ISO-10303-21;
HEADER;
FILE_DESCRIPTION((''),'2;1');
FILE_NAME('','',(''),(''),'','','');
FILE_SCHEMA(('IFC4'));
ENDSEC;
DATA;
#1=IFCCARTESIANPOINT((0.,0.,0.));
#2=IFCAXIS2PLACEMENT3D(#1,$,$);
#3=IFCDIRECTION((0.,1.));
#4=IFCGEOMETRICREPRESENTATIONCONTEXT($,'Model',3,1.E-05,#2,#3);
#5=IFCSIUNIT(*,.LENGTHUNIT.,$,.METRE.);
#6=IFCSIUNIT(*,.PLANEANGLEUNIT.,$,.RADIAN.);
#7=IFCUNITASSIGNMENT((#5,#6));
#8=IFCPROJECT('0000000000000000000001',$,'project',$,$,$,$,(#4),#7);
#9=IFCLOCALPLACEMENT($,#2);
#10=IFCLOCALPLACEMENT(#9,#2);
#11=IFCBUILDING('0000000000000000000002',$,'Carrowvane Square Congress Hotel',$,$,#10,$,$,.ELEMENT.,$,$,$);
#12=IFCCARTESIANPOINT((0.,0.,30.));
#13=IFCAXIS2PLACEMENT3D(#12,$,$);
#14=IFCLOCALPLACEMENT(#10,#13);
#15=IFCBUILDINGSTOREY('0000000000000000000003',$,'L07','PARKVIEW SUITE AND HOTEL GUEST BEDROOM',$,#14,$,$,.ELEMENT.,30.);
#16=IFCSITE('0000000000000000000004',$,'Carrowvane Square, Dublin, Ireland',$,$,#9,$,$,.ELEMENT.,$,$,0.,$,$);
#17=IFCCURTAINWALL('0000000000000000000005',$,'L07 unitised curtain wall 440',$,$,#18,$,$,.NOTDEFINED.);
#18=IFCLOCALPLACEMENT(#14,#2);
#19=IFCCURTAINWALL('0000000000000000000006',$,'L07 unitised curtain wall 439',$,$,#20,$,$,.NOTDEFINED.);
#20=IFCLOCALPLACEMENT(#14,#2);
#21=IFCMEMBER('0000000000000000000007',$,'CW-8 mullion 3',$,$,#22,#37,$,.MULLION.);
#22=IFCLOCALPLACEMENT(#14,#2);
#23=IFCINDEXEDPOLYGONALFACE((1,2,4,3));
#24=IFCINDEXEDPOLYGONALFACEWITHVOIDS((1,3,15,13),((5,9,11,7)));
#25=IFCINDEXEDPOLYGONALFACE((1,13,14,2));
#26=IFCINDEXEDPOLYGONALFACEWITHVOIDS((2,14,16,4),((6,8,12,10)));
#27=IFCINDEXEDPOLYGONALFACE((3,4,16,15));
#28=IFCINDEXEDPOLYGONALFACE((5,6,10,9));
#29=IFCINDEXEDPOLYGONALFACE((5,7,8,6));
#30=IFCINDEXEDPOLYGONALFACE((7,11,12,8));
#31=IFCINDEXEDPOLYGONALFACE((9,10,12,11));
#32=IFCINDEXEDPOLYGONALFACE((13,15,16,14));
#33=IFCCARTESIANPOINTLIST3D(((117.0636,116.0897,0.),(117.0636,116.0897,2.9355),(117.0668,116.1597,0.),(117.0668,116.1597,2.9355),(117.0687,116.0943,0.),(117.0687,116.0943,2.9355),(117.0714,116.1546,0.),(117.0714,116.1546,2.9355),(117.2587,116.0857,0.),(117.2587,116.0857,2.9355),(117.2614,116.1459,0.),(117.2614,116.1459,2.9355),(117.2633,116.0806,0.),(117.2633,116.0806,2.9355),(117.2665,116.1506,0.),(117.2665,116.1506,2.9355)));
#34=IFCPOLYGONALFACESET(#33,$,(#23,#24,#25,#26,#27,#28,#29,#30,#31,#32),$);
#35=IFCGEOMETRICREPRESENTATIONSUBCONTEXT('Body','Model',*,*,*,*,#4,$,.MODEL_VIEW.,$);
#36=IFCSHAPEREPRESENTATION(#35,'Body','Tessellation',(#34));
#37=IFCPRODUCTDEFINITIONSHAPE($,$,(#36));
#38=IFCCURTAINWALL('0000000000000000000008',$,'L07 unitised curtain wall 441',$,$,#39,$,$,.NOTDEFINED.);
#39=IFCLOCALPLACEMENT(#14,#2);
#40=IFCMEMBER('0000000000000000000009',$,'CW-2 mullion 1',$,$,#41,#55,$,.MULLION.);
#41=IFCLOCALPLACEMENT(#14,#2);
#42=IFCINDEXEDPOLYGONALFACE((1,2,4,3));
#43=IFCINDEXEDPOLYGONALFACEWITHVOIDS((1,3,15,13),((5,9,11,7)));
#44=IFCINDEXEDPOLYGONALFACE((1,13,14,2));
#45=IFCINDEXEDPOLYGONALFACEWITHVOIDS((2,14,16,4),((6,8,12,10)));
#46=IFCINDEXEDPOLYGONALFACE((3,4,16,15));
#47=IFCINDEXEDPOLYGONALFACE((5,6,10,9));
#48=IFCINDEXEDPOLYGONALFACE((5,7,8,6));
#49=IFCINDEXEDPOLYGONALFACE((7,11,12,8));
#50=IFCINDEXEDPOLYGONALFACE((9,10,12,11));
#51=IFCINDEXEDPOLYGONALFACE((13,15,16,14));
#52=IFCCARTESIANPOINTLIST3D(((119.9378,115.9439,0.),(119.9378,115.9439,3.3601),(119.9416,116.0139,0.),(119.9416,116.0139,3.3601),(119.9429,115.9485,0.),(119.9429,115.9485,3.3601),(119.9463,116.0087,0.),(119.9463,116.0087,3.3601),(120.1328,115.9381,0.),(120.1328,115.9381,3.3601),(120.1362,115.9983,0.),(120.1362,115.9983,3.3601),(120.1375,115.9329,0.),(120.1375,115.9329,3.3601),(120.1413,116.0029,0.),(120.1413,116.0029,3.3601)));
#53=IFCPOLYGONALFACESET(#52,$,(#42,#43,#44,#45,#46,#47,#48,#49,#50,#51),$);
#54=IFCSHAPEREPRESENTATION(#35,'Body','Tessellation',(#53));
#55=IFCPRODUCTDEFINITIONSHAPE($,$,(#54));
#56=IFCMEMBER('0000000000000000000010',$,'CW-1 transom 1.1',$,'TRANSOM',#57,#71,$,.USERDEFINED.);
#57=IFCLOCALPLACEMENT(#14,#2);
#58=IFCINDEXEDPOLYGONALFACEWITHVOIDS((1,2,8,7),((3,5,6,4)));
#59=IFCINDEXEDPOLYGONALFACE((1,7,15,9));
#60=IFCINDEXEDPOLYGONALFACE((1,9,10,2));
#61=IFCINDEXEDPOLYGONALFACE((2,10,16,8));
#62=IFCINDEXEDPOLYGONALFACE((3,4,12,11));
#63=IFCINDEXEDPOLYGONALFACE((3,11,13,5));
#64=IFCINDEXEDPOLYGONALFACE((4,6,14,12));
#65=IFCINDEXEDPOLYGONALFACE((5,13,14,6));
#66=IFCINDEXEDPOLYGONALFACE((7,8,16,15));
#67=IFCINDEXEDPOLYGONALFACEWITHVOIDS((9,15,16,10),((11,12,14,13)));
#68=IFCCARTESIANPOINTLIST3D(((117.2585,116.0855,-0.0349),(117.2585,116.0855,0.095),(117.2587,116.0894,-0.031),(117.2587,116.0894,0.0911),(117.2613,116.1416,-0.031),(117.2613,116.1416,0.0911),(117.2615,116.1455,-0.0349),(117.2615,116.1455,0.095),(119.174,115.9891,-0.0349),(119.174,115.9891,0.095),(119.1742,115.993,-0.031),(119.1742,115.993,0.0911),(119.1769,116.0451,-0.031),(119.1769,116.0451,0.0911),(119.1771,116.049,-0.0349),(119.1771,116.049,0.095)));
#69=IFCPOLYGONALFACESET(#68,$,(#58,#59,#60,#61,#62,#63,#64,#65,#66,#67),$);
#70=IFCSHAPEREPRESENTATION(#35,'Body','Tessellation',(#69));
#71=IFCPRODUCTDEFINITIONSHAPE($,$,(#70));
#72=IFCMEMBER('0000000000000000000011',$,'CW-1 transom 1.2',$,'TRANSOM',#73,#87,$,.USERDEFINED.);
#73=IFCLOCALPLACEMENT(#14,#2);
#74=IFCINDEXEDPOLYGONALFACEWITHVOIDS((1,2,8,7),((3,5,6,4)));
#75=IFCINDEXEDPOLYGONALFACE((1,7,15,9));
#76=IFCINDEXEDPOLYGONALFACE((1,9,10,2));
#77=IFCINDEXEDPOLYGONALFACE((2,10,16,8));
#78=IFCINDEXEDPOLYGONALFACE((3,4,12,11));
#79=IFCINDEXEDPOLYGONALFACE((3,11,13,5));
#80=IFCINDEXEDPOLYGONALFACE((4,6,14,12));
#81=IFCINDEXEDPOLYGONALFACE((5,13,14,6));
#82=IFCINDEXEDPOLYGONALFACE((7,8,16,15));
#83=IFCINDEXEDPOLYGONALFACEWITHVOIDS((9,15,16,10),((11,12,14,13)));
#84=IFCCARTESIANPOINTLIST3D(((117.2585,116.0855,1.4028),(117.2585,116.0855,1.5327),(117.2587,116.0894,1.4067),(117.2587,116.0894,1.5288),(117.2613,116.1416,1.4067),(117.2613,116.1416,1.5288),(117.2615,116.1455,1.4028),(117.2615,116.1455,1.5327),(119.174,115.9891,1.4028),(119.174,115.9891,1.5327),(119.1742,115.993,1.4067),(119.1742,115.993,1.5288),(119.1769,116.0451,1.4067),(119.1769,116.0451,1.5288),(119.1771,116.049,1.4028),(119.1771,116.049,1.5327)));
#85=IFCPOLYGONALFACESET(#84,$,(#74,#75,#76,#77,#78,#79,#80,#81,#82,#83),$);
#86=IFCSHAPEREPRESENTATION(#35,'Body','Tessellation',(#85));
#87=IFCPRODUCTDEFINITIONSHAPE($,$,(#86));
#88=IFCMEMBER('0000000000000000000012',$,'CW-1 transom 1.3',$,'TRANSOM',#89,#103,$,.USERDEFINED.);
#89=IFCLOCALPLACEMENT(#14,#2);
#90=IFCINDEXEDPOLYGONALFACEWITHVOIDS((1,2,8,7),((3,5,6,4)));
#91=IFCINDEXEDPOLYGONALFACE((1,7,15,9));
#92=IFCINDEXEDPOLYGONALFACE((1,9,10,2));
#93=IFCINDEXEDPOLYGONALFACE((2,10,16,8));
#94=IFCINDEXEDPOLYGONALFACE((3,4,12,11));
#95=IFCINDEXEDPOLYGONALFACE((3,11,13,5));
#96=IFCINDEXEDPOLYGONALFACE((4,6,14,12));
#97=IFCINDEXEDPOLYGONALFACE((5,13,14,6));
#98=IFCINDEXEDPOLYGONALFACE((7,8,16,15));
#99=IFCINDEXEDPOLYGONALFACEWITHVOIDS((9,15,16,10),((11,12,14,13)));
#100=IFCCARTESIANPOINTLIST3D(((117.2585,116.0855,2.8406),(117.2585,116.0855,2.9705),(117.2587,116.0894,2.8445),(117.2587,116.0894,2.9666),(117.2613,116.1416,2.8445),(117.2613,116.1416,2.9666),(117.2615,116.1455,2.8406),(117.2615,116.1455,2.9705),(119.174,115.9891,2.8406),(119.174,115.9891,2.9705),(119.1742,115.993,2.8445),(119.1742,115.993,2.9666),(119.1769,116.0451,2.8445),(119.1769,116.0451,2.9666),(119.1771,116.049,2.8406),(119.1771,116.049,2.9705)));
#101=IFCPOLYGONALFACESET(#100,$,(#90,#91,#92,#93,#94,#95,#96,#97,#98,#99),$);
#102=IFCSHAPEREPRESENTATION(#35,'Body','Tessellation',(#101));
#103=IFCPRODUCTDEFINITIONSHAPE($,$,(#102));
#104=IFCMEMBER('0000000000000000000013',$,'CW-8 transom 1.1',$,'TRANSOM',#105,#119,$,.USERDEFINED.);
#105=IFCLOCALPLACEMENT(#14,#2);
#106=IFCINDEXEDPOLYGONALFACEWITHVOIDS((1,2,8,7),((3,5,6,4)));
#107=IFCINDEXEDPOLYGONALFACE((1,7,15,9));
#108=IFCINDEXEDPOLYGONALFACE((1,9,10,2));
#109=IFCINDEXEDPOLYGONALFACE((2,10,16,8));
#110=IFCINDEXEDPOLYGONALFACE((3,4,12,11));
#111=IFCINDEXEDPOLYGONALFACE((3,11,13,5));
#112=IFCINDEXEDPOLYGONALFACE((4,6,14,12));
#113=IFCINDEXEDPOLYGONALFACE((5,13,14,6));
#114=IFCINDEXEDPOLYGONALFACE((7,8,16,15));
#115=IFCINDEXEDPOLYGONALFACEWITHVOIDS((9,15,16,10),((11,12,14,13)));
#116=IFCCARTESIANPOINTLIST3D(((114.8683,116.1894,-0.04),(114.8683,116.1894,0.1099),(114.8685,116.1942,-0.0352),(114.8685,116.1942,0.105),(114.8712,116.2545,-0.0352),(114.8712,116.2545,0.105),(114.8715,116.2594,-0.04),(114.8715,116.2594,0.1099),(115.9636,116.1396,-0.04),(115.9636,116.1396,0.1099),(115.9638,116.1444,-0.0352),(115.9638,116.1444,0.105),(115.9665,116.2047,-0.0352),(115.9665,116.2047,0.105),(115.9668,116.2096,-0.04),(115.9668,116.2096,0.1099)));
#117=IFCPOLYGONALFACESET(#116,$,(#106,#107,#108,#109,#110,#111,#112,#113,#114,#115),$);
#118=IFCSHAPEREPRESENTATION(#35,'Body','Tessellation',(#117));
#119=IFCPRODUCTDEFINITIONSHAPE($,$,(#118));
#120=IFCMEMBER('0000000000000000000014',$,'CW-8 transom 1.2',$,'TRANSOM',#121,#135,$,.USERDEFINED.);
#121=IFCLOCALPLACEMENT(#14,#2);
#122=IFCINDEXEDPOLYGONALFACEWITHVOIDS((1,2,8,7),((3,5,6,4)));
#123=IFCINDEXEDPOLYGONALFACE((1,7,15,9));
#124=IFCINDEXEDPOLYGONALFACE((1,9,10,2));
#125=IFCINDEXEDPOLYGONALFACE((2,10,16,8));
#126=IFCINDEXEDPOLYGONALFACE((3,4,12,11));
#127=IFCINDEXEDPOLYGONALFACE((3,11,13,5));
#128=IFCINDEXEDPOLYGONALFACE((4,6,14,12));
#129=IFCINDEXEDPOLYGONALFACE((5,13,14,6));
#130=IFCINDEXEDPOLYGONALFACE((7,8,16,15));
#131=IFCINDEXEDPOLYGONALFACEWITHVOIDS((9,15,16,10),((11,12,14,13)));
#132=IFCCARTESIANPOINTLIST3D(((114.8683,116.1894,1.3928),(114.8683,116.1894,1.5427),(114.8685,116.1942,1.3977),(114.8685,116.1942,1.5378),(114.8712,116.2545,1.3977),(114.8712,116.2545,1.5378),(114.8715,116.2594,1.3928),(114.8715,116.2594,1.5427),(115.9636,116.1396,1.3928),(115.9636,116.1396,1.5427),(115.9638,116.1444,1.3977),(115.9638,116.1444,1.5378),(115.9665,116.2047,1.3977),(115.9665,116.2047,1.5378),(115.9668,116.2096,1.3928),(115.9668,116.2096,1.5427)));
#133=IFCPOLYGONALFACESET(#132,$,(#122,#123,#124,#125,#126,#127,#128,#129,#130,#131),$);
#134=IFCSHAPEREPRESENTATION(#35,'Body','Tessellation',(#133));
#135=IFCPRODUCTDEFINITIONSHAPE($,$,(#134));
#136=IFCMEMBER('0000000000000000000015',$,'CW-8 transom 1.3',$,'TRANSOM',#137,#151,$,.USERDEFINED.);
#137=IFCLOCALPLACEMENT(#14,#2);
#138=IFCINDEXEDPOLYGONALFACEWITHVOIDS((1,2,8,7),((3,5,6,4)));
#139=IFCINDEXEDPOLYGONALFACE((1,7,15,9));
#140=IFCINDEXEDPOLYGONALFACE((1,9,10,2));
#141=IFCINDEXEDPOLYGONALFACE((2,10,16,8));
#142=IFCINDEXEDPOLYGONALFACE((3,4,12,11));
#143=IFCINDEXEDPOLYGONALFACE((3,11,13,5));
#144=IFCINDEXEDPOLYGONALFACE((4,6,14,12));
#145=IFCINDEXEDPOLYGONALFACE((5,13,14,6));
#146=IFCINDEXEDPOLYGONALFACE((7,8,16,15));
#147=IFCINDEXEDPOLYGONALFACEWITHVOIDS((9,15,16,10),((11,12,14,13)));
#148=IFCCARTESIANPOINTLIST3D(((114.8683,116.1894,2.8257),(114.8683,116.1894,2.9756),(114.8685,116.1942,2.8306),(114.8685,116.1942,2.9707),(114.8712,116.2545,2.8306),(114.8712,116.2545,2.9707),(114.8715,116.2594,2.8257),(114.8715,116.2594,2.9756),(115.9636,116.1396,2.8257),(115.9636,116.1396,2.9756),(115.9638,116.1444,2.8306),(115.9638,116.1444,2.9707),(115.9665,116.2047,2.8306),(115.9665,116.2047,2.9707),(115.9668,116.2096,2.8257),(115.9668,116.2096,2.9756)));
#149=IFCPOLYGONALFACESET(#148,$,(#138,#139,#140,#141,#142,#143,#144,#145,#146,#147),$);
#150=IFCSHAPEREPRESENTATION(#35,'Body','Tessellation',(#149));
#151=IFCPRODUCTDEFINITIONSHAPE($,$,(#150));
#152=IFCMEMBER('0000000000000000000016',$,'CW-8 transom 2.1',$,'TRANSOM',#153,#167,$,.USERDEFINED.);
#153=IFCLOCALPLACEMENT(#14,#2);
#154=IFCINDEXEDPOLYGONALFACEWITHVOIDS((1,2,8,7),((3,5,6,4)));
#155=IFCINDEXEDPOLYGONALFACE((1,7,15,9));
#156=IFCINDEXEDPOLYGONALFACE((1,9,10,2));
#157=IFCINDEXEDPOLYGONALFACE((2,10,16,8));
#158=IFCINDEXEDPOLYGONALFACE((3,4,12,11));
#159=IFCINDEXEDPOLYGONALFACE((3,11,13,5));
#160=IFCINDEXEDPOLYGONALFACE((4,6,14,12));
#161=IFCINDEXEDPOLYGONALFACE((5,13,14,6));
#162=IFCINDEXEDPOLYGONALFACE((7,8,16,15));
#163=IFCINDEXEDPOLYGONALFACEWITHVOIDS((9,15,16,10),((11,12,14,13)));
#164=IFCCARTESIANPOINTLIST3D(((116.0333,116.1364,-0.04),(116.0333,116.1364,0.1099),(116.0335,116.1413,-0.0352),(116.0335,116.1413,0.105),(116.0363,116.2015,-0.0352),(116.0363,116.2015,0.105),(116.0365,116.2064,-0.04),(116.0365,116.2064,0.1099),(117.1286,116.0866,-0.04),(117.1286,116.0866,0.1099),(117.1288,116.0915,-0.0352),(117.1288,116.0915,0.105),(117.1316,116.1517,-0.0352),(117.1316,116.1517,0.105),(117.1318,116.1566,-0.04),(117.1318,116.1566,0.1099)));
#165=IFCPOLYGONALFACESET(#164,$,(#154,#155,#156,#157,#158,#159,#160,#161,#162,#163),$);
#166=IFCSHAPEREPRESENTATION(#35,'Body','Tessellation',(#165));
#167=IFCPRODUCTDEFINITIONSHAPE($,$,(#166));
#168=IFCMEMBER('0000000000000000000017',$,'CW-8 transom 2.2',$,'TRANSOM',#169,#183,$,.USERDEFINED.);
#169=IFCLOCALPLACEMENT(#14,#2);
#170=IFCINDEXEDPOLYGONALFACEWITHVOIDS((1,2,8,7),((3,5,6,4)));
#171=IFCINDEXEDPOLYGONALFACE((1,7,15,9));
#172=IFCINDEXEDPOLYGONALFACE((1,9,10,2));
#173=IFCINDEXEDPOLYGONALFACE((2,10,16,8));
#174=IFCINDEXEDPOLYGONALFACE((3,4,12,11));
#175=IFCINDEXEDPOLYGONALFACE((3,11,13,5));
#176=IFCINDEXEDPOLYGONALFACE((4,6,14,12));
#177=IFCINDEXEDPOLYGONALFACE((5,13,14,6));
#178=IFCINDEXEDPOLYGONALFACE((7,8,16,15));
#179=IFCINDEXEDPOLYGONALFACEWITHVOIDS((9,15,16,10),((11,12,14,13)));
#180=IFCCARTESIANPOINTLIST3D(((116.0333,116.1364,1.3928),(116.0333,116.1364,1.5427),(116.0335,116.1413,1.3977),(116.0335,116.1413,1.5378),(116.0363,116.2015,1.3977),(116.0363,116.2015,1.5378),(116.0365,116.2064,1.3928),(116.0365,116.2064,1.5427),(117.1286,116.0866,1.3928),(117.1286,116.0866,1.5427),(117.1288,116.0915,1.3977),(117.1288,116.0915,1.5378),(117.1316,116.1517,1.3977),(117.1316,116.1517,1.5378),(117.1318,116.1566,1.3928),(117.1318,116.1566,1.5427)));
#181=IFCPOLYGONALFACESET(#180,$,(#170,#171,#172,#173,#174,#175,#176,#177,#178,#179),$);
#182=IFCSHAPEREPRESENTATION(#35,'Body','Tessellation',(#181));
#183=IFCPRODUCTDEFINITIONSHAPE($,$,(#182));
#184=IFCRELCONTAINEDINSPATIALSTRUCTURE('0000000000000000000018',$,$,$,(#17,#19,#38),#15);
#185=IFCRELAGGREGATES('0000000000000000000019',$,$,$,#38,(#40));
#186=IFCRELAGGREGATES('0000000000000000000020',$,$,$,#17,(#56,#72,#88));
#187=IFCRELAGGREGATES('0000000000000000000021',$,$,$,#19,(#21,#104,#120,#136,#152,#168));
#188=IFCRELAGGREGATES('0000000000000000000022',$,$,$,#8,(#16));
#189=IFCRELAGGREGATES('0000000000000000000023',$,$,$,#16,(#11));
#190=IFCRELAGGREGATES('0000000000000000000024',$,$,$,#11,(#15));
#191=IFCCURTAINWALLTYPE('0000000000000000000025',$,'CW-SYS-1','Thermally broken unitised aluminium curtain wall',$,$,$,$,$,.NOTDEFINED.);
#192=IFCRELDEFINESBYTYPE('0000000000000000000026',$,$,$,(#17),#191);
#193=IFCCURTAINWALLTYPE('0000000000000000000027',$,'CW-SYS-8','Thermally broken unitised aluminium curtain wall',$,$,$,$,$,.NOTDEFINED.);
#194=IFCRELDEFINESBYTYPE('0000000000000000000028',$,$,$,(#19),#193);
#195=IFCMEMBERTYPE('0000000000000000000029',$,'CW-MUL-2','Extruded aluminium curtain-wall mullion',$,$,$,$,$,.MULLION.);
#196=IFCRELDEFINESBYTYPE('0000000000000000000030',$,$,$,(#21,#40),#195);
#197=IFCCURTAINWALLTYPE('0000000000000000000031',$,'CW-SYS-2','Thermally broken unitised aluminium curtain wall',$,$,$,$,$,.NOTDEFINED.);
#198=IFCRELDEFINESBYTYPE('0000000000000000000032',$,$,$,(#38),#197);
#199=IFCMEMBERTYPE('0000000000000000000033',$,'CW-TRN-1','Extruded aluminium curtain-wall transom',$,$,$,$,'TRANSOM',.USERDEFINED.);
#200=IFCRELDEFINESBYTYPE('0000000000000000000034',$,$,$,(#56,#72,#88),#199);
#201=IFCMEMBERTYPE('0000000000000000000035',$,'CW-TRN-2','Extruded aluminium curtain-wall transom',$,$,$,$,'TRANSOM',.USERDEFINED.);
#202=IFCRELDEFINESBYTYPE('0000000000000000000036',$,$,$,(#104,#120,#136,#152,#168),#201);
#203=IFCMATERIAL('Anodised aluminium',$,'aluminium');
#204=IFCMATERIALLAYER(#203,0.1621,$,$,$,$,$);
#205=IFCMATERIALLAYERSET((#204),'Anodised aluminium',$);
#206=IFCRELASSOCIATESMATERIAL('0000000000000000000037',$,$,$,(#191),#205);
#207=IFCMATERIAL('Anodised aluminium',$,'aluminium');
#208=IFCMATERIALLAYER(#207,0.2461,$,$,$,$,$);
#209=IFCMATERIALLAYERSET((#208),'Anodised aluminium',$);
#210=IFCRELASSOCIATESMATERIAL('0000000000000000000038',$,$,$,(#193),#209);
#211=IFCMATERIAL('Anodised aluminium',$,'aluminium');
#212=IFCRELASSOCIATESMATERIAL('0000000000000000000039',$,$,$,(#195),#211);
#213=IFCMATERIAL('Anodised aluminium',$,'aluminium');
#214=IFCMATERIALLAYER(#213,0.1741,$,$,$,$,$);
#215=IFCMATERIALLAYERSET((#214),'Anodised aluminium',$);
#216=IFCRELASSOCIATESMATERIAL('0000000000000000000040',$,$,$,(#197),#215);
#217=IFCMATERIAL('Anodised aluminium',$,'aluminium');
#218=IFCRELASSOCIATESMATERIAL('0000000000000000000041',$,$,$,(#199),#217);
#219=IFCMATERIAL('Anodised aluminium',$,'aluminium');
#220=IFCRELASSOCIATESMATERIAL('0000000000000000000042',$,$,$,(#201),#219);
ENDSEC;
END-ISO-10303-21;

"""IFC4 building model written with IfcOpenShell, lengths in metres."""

from ifc_helpers import new_model, si_unit, direction, frame, origin, origin_2d, place, context, subcontext, project, spatial, hollow_rectangle, extrude, material, layer, layer_set, material_profile, profile_set, type_object, element, aggregate, save


model = new_model("IFC4")

# Units and contexts
model_context = context("Model", 3, precision=1e-05, world=origin(), true_north=direction((0.0, 1.0)))
body_context = subcontext(model_context, "Body", "Model", "MODEL_VIEW")
ifc_project = project(units=[si_unit("LENGTHUNIT", "METRE"), si_unit("PLANEANGLEUNIT", "RADIAN")], contexts=[model_context])

# Site, building, storey
site_placement = place(None, origin())
site = spatial("IfcSite", under=ifc_project, at=site_placement, Name="Carrowvane Square, Dublin, Ireland", CompositionType="ELEMENT", RefElevation=0.0)
building_placement = place(site_placement, origin())
building = spatial("IfcBuilding", under=site, at=building_placement, Name="Carrowvane Square Congress Hotel", CompositionType="ELEMENT")
storey_placement = place(building_placement, frame((0.0, 0.0, 30.0)))
storey = spatial("IfcBuildingStorey", under=building, at=storey_placement, Name="L07", Description="PARKVIEW SUITE AND HOTEL GUEST BEDROOM", CompositionType="ELEMENT", Elevation=30.0)

# Curtain walls, member
ifc_material_1 = material(Name="Anodised aluminium", Category="aluminium")
ifc_layer_1 = layer(ifc_material_1, 0.1621)
ifc_layer_set_1 = layer_set([ifc_layer_1], Name="Anodised aluminium")
curtain_wall_type_1 = type_object("IfcCurtainWallType", Name="CW-SYS-1", Description="Thermally broken unitised aluminium curtain wall", PredefinedType="NOTDEFINED", material=ifc_layer_set_1)
curtain_wall_1_placement = place(storey_placement, origin())
curtain_wall_1 = element("IfcCurtainWall", 1, at=curtain_wall_1_placement, inside=storey, type_object=curtain_wall_type_1, Name="L07 unitised curtain wall 440", PredefinedType="NOTDEFINED")
ifc_material_2 = material(Name="Anodised aluminium", Category="aluminium")
ifc_layer_2 = layer(ifc_material_2, 0.2461)
ifc_layer_set_2 = layer_set([ifc_layer_2], Name="Anodised aluminium")
curtain_wall_type_2 = type_object("IfcCurtainWallType", Name="CW-SYS-8", Description="Thermally broken unitised aluminium curtain wall", PredefinedType="NOTDEFINED", material=ifc_layer_set_2)
curtain_wall_2_placement = place(storey_placement, origin())
curtain_wall_2 = element("IfcCurtainWall", 2, at=curtain_wall_2_placement, inside=storey, type_object=curtain_wall_type_2, Name="L07 unitised curtain wall 439", PredefinedType="NOTDEFINED")
ifc_material_3 = material(Name="Anodised aluminium", Category="aluminium")
ifc_material_profile_1 = material_profile(ifc_material_3, hollow_rectangle(XDim=0.0701, YDim=0.2, WallThickness=0.0049, at=origin_2d()), Name="CW-ML 70x200x5")
ifc_profile_set_1 = profile_set([ifc_material_profile_1], Name="Anodised aluminium")
member_type_1 = type_object("IfcMemberType", Name="CW-MUL-2", Description="Extruded aluminium curtain-wall mullion", PredefinedType="MULLION", material=ifc_profile_set_1)
member_1_placement = place(storey_placement, frame((117.165, 116.1201, 0.0), z_axis=(0.0, 0.0, 1.0), x_axis=(0.045411, 0.998968, 0.0)))
member_1 = element("IfcMember", 3, at=member_1_placement, type_object=member_type_1, Name="CW-8 mullion 3", PredefinedType="MULLION", context=body_context, shape_type="SweptSolid", body=[
    extrude(hollow_rectangle(XDim=0.0701, YDim=0.2, WallThickness=0.0049, at=origin_2d()), origin(), (0.0, 0.0, 1.0), 2.9355),
])

# Curtain wall, member
ifc_material_4 = material(Name="Anodised aluminium", Category="aluminium")
ifc_layer_3 = layer(ifc_material_4, 0.1741)
ifc_layer_set_3 = layer_set([ifc_layer_3], Name="Anodised aluminium")
curtain_wall_type_3 = type_object("IfcCurtainWallType", Name="CW-SYS-2", Description="Thermally broken unitised aluminium curtain wall", PredefinedType="NOTDEFINED", material=ifc_layer_set_3)
curtain_wall_3_placement = place(storey_placement, origin())
curtain_wall_3 = element("IfcCurtainWall", 4, at=curtain_wall_3_placement, inside=storey, type_object=curtain_wall_type_3, Name="L07 unitised curtain wall 441", PredefinedType="NOTDEFINED")
member_2_placement = place(storey_placement, frame((120.0396, 115.9734, 0.0), z_axis=(0.0, 0.0, 1.0), x_axis=(0.054816, 0.998496, 0.0)))
member_2 = element("IfcMember", 5, at=member_2_placement, type_object=member_type_1, Name="CW-2 mullion 1", PredefinedType="MULLION", context=body_context, shape_type="SweptSolid", body=[
    extrude(hollow_rectangle(XDim=0.0701, YDim=0.2, WallThickness=0.0049, at=origin_2d()), origin(), (0.0, 0.0, 1.0), 3.3601),
])

# Members
ifc_material_5 = material(Name="Anodised aluminium", Category="aluminium")
ifc_material_profile_2 = material_profile(ifc_material_5, hollow_rectangle(XDim=0.0601, YDim=0.1299, WallThickness=0.0039, at=origin_2d()), Name="CW-TR 60x130x4")
ifc_profile_set_2 = profile_set([ifc_material_profile_2], Name="Anodised aluminium")
member_type_2 = type_object("IfcMemberType", Name="CW-TRN-1", Description="Extruded aluminium curtain-wall transom", ElementType="TRANSOM", PredefinedType="USERDEFINED", material=ifc_profile_set_2)
member_3_placement = place(storey_placement, frame((117.26, 116.1155, 0.03), z_axis=(0.998735, -0.05028, 0.0), x_axis=(0.05028, 0.998735, 0.0)))
member_3 = element("IfcMember", 6, at=member_3_placement, type_object=member_type_2, Name="CW-1 transom 1.1", ObjectType="TRANSOM", PredefinedType="USERDEFINED", context=body_context, shape_type="SweptSolid", body=[
    extrude(hollow_rectangle(XDim=0.0601, YDim=0.1299, WallThickness=0.0039, at=origin_2d()), origin(), (0.0, 0.0, 1.0), 1.918),
])
member_4_placement = place(storey_placement, frame((117.26, 116.1155, 1.4678), z_axis=(0.998735, -0.05028, 0.0), x_axis=(0.05028, 0.998735, 0.0)))
member_4 = element("IfcMember", 7, at=member_4_placement, type_object=member_type_2, Name="CW-1 transom 1.2", ObjectType="TRANSOM", PredefinedType="USERDEFINED", context=body_context, shape_type="SweptSolid", body=[
    extrude(hollow_rectangle(XDim=0.0601, YDim=0.1299, WallThickness=0.0039, at=origin_2d()), origin(), (0.0, 0.0, 1.0), 1.918),
])
member_5_placement = place(storey_placement, frame((117.26, 116.1155, 2.9055), z_axis=(0.998735, -0.05028, 0.0), x_axis=(0.05028, 0.998735, 0.0)))
member_5 = element("IfcMember", 8, at=member_5_placement, type_object=member_type_2, Name="CW-1 transom 1.3", ObjectType="TRANSOM", PredefinedType="USERDEFINED", context=body_context, shape_type="SweptSolid", body=[
    extrude(hollow_rectangle(XDim=0.0601, YDim=0.1299, WallThickness=0.0039, at=origin_2d()), origin(), (0.0, 0.0, 1.0), 1.918),
])
ifc_material_6 = material(Name="Anodised aluminium", Category="aluminium")
ifc_material_profile_3 = material_profile(ifc_material_6, hollow_rectangle(XDim=0.0701, YDim=0.1499, WallThickness=0.0049, at=origin_2d()), Name="CW-TR 70x150x5")
ifc_profile_set_3 = profile_set([ifc_material_profile_3], Name="Anodised aluminium")
member_type_3 = type_object("IfcMemberType", Name="CW-TRN-2", Description="Extruded aluminium curtain-wall transom", ElementType="TRANSOM", PredefinedType="USERDEFINED", material=ifc_profile_set_3)
member_6_placement = place(storey_placement, frame((114.8699, 116.2244, 0.0349), z_axis=(0.998968, -0.045428, 0.0), x_axis=(0.045428, 0.998968, 0.0)))
member_6 = element("IfcMember", 9, at=member_6_placement, type_object=member_type_3, Name="CW-8 transom 1.1", ObjectType="TRANSOM", PredefinedType="USERDEFINED", context=body_context, shape_type="SweptSolid", body=[
    extrude(hollow_rectangle(XDim=0.0701, YDim=0.1499, WallThickness=0.0049, at=origin_2d()), origin(), (0.0, 0.0, 1.0), 1.0964),
])
member_7_placement = place(storey_placement, frame((114.8699, 116.2244, 1.4678), z_axis=(0.998968, -0.045428, 0.0), x_axis=(0.045428, 0.998968, 0.0)))
member_7 = element("IfcMember", 10, at=member_7_placement, type_object=member_type_3, Name="CW-8 transom 1.2", ObjectType="TRANSOM", PredefinedType="USERDEFINED", context=body_context, shape_type="SweptSolid", body=[
    extrude(hollow_rectangle(XDim=0.0701, YDim=0.1499, WallThickness=0.0049, at=origin_2d()), origin(), (0.0, 0.0, 1.0), 1.0964),
])
member_8_placement = place(storey_placement, frame((114.8699, 116.2244, 2.9006), z_axis=(0.998968, -0.045428, 0.0), x_axis=(0.045428, 0.998968, 0.0)))
member_8 = element("IfcMember", 11, at=member_8_placement, type_object=member_type_3, Name="CW-8 transom 1.3", ObjectType="TRANSOM", PredefinedType="USERDEFINED", context=body_context, shape_type="SweptSolid", body=[
    extrude(hollow_rectangle(XDim=0.0701, YDim=0.1499, WallThickness=0.0049, at=origin_2d()), origin(), (0.0, 0.0, 1.0), 1.0964),
])
member_9_placement = place(storey_placement, frame((116.0349, 116.1714, 0.0349), z_axis=(0.998968, -0.045428, 0.0), x_axis=(0.045428, 0.998968, 0.0)))
member_9 = element("IfcMember", 12, at=member_9_placement, type_object=member_type_3, Name="CW-8 transom 2.1", ObjectType="TRANSOM", PredefinedType="USERDEFINED", context=body_context, shape_type="SweptSolid", body=[
    extrude(hollow_rectangle(XDim=0.0701, YDim=0.1499, WallThickness=0.0049, at=origin_2d()), origin(), (0.0, 0.0, 1.0), 1.0964),
])
member_10_placement = place(storey_placement, frame((116.0349, 116.1714, 1.4678), z_axis=(0.998968, -0.045428, 0.0), x_axis=(0.045428, 0.998968, 0.0)))
member_10 = element("IfcMember", 13, at=member_10_placement, type_object=member_type_3, Name="CW-8 transom 2.2", ObjectType="TRANSOM", PredefinedType="USERDEFINED", context=body_context, shape_type="SweptSolid", body=[
    extrude(hollow_rectangle(XDim=0.0701, YDim=0.1499, WallThickness=0.0049, at=origin_2d()), origin(), (0.0, 0.0, 1.0), 1.0964),
])
aggregate(curtain_wall_3, [member_2])

aggregate(curtain_wall_1, [member_3, member_4, member_5])
aggregate(curtain_wall_2, [member_1, member_6, member_7, member_8, member_9, member_10])

save(model, "model.ifc")
